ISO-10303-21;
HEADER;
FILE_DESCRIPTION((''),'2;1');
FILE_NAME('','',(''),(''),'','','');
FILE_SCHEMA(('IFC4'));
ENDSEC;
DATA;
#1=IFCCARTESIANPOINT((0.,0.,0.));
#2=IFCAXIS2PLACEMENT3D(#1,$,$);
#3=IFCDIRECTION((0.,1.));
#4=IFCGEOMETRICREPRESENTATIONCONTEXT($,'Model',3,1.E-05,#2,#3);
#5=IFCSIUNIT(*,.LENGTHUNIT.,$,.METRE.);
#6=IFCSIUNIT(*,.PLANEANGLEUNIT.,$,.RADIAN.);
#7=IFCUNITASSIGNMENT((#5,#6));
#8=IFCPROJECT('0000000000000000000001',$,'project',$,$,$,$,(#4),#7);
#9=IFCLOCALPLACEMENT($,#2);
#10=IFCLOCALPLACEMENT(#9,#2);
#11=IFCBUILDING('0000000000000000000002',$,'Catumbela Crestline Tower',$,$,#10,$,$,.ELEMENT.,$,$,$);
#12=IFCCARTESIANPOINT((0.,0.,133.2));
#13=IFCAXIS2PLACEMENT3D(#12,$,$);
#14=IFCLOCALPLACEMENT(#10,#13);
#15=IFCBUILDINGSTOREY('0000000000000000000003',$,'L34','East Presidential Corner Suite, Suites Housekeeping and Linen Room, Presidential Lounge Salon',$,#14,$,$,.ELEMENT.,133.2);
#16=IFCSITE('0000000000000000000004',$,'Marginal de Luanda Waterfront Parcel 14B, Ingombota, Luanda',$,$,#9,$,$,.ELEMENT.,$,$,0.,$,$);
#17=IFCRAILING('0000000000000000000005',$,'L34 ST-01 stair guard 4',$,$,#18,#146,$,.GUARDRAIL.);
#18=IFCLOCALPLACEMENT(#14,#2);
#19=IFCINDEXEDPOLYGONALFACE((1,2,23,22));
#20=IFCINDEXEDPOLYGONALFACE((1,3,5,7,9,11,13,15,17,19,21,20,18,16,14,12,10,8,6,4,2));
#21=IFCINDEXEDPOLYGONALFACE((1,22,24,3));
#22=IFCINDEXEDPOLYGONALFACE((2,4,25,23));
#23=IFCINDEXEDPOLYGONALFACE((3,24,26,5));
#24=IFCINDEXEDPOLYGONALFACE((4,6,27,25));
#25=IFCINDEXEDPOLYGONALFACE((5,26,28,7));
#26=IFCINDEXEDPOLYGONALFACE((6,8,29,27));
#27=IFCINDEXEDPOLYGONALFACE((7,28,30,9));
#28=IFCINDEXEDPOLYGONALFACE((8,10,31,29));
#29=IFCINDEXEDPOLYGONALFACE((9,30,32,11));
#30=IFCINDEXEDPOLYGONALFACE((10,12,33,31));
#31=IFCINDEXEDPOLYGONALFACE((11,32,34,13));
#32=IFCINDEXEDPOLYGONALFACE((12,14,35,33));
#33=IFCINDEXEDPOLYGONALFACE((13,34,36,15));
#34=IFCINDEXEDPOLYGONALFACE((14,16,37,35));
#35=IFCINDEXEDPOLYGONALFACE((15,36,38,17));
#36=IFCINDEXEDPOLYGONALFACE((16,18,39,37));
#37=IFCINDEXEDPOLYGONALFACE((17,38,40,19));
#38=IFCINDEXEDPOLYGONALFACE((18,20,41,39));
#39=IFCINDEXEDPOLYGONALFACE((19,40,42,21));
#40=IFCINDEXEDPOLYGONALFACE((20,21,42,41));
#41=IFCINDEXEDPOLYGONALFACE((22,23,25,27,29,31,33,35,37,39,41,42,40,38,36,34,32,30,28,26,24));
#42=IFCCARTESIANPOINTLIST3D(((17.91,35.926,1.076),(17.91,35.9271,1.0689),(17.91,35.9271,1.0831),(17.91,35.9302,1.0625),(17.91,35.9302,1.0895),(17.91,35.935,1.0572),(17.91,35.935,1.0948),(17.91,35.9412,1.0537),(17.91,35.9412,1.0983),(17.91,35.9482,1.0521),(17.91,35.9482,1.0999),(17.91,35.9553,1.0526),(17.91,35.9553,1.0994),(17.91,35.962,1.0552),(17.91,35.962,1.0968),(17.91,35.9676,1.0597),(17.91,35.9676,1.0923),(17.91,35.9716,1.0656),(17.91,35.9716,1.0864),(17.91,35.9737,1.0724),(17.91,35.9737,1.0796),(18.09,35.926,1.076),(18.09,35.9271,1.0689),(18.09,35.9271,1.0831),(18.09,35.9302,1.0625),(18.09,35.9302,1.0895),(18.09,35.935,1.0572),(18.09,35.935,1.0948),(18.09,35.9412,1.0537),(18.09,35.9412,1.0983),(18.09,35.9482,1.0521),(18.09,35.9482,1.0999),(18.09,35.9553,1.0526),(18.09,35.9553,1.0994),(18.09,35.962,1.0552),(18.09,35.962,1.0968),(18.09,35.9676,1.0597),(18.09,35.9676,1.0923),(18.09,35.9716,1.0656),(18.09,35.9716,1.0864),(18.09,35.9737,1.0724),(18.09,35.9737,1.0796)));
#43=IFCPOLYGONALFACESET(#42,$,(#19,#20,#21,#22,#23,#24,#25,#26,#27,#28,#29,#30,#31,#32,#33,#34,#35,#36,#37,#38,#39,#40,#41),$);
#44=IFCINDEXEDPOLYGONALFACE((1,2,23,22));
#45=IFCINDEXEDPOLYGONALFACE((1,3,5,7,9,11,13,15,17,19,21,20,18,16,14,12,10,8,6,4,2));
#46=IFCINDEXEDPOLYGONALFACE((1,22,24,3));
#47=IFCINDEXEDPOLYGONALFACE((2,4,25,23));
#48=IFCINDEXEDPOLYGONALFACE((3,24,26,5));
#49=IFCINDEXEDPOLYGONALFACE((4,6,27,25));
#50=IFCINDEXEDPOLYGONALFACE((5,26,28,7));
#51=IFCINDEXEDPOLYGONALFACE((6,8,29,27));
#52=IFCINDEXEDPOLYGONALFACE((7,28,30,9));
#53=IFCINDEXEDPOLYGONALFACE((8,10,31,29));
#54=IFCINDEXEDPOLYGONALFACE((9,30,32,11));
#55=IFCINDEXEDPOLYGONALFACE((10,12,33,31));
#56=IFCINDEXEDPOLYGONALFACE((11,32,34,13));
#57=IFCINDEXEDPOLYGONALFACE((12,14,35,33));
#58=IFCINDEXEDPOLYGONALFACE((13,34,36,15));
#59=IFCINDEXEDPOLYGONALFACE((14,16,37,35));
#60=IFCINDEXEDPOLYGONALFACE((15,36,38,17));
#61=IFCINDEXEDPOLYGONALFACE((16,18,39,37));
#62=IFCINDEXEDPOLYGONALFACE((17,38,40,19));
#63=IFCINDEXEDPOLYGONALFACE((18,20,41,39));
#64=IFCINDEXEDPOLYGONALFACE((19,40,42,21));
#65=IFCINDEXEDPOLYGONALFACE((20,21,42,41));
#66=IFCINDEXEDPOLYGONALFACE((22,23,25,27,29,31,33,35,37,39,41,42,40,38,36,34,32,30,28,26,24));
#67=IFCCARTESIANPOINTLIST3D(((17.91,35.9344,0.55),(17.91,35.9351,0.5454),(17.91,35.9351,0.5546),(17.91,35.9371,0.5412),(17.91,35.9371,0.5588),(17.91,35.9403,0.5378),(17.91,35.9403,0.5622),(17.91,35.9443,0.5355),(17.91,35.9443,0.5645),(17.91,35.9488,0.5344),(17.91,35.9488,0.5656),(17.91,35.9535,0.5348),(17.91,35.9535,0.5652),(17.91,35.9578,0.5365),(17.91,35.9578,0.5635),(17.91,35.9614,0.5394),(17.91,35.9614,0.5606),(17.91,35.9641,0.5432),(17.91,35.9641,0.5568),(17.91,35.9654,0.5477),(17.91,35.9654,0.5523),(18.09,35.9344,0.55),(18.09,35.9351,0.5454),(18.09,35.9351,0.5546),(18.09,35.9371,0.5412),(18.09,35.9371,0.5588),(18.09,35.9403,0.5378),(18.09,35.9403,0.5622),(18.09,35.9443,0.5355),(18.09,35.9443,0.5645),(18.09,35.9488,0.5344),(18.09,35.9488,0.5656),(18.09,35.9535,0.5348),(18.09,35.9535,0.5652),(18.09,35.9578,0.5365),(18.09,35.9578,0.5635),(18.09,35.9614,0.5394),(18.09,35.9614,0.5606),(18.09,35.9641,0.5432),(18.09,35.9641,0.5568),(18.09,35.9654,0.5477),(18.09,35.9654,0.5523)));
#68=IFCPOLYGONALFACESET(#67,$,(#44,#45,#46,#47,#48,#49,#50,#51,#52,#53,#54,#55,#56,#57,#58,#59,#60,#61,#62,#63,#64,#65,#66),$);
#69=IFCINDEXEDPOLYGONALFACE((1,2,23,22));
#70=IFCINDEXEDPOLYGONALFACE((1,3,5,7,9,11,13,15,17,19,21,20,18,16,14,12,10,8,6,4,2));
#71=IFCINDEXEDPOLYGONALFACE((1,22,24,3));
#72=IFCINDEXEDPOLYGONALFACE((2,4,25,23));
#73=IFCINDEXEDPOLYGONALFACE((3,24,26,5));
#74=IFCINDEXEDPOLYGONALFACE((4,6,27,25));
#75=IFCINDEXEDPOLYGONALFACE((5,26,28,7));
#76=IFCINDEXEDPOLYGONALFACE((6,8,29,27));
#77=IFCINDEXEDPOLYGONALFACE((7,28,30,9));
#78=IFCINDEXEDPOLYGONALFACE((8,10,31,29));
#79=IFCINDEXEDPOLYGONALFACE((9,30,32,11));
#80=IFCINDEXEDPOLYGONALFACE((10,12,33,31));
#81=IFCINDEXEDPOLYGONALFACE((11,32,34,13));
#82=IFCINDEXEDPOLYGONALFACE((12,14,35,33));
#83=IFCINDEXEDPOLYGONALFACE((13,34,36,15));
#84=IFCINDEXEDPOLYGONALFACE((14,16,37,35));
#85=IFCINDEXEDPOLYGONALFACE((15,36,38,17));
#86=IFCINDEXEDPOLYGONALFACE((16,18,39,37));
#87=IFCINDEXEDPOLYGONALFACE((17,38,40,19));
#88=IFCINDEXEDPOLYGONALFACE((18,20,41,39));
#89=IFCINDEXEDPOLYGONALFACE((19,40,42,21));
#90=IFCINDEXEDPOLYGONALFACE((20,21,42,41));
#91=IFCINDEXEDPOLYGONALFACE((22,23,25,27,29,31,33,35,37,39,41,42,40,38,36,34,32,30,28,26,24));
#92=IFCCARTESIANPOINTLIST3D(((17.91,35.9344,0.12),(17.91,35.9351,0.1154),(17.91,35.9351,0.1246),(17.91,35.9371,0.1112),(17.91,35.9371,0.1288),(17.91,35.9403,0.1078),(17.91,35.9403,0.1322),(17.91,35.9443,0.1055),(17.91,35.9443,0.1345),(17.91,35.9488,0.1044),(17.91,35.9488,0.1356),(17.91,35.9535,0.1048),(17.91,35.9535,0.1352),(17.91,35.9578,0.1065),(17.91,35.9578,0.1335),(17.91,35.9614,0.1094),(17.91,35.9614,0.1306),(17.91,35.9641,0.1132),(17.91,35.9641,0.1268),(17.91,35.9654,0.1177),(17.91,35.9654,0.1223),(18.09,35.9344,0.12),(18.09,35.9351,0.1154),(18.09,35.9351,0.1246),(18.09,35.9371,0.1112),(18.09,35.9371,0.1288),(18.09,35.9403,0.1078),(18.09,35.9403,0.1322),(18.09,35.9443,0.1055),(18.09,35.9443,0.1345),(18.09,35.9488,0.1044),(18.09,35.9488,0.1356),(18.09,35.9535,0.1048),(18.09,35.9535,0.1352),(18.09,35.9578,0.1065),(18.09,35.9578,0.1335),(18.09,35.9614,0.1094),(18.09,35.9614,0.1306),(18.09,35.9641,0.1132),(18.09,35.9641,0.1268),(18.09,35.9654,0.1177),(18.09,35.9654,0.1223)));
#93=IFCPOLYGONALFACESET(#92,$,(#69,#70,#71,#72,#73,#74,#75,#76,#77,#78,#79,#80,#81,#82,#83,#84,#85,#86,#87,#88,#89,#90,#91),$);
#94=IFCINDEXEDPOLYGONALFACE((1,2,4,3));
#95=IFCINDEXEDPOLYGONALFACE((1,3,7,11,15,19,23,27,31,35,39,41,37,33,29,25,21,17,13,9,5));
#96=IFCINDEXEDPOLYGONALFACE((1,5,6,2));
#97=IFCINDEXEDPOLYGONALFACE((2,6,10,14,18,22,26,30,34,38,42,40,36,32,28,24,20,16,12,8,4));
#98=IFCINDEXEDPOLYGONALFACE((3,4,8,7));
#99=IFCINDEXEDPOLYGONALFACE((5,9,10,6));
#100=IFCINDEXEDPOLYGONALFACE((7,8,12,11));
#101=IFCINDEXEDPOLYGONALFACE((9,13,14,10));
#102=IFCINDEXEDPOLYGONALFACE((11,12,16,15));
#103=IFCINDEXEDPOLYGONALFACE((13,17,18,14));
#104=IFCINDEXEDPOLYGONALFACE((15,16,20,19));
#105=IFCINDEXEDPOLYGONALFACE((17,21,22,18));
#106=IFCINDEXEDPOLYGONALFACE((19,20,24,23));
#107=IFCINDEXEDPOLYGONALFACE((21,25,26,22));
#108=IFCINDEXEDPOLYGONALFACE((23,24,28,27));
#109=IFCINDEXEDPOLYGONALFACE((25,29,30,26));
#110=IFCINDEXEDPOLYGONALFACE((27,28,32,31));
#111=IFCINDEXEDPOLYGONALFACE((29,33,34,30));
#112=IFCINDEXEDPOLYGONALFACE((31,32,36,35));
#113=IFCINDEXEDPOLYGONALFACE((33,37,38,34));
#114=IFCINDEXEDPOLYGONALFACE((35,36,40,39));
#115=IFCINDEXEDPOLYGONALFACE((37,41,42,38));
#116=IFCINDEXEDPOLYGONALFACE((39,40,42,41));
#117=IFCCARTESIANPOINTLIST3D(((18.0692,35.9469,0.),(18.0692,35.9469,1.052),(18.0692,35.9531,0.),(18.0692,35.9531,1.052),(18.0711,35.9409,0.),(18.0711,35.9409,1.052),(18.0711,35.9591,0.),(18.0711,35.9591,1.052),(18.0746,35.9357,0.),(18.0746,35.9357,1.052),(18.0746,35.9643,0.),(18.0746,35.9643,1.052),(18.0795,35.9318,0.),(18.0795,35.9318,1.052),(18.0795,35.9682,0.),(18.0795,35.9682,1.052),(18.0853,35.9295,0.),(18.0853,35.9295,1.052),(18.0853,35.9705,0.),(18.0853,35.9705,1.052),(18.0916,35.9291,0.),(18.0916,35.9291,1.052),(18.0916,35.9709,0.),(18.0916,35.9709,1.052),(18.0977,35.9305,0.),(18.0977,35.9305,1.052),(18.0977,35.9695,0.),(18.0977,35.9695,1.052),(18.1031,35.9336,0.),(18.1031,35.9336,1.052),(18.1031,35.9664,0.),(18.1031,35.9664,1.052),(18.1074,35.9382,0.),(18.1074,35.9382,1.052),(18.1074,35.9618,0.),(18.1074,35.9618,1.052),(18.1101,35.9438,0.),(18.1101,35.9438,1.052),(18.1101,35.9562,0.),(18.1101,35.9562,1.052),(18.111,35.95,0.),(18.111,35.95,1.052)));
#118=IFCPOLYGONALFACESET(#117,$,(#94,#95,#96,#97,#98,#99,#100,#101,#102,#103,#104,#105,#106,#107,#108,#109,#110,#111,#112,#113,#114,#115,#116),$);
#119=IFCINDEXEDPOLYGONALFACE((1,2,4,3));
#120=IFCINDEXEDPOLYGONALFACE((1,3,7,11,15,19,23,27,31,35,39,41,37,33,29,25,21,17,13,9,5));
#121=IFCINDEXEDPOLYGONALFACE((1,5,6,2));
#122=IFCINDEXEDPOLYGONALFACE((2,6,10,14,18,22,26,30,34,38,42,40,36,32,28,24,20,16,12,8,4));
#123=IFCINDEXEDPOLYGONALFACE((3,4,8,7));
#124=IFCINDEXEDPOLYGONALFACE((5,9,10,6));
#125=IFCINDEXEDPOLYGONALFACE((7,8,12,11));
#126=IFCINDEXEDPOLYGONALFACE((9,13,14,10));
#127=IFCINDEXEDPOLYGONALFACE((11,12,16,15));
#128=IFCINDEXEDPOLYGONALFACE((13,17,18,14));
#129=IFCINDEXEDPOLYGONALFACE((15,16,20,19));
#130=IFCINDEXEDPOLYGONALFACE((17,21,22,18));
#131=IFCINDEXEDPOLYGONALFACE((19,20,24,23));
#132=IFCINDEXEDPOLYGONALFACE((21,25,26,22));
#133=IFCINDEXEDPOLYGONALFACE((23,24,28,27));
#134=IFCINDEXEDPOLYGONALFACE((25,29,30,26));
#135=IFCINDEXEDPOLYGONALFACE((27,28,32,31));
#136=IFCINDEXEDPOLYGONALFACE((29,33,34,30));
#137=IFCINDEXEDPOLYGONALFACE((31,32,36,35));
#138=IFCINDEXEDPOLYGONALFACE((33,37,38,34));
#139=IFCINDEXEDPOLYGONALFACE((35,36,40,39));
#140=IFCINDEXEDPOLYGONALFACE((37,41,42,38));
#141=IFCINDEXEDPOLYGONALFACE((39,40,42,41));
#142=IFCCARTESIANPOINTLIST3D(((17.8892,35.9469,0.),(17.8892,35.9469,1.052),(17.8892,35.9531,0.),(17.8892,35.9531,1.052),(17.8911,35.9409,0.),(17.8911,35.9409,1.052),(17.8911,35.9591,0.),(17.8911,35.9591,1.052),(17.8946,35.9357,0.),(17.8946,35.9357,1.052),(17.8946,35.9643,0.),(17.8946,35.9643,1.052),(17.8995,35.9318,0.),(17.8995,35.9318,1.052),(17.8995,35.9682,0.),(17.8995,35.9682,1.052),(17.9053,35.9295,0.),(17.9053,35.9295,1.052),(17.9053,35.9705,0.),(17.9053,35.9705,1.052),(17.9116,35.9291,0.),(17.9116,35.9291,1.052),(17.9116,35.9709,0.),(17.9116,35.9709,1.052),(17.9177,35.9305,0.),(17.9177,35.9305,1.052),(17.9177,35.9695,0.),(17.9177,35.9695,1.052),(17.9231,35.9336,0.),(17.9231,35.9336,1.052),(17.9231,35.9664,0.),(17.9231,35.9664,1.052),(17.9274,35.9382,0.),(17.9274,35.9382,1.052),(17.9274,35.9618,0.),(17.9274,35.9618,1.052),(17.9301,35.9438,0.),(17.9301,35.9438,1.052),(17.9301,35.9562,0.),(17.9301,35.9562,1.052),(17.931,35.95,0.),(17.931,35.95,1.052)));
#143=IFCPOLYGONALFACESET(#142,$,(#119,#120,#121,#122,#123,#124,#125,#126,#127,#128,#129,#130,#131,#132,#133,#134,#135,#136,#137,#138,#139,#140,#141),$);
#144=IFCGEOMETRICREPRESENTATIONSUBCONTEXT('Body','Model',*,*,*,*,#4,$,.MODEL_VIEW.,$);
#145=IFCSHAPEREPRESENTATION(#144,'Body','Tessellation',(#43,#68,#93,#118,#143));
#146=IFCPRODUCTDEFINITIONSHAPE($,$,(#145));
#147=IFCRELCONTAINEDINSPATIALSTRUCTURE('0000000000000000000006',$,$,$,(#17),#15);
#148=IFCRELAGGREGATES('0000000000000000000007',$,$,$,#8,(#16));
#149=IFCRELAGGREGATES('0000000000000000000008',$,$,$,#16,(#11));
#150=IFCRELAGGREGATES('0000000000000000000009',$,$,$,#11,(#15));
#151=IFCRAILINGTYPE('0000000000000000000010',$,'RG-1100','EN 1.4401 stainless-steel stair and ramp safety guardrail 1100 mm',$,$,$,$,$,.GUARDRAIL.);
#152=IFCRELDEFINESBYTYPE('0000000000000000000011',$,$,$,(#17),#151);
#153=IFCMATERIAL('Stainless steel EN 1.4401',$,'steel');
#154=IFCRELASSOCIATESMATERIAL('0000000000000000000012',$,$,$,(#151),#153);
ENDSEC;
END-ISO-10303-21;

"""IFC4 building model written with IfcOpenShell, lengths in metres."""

from ifc_helpers import new_model, si_unit, direction, frame, origin, origin_2d, place, context, subcontext, project, spatial, circle, extrude, material, type_object, element, save


model = new_model("IFC4")

# Units and contexts
model_context = context("Model", 3, precision=1e-05, world=origin(), true_north=direction((0.0, 1.0)))
body_context = subcontext(model_context, "Body", "Model", "MODEL_VIEW")
ifc_project = project(units=[si_unit("LENGTHUNIT", "METRE"), si_unit("PLANEANGLEUNIT", "RADIAN")], contexts=[model_context])

# Site, building, storey
site_placement = place(None, origin())
site = spatial("IfcSite", under=ifc_project, at=site_placement, Name="Marginal de Luanda Waterfront Parcel 14B, Ingombota, Luanda", CompositionType="ELEMENT", RefElevation=0.0)
building_placement = place(site_placement, origin())
building = spatial("IfcBuilding", under=site, at=building_placement, Name="Catumbela Crestline Tower", CompositionType="ELEMENT")
storey_placement = place(building_placement, frame((0.0, 0.0, 133.2)))
storey = spatial("IfcBuildingStorey", under=building, at=storey_placement, Name="L34", Description="East Presidential Corner Suite, Suites Housekeeping and Linen Room, Presidential Lounge Salon", CompositionType="ELEMENT", Elevation=133.2)

# Shared definitions
ifc_material_1 = material(Name="Stainless steel EN 1.4401", Category="steel")

# Railing
railing_type = type_object("IfcRailingType", Name="RG-1100", Description="EN 1.4401 stainless-steel stair and ramp safety guardrail 1100 mm", PredefinedType="GUARDRAIL", material=ifc_material_1)
railing_1_placement = place(storey_placement, frame((18.09, 35.95, 0.0)))
element("IfcRailing", 1, at=railing_1_placement, inside=storey, type_object=railing_type, Name="L34 ST-01 stair guard 4", PredefinedType="GUARDRAIL", context=body_context, shape_type="SweptSolid", body=[
    extrude(circle(Radius=0.024, at=origin_2d()), frame((0.0, 0.0, 1.076), z_axis=(-1.0, 0.0, 0.0), x_axis=(0.0, -1.0, 0.0)), (0.0, 0.0, 1.0), 0.18),
    extrude(circle(Radius=0.0156, at=origin_2d()), frame((0.0, 0.0, 0.55), z_axis=(-1.0, 0.0, 0.0), x_axis=(0.0, -1.0, 0.0)), (0.0, 0.0, 1.0), 0.18),
    extrude(circle(Radius=0.0156, at=origin_2d()), frame((0.0, 0.0, 0.12), z_axis=(-1.0, 0.0, 0.0), x_axis=(0.0, -1.0, 0.0)), (0.0, 0.0, 1.0), 0.18),
    extrude(circle(Radius=0.021, at=origin_2d()), origin(), (0.0, 0.0, 1.0), 1.052),
    extrude(circle(Radius=0.021, at=origin_2d()), frame((-0.18, 0.0, 0.0)), (0.0, 0.0, 1.0), 1.052),
])

save(model, "model.ifc")
